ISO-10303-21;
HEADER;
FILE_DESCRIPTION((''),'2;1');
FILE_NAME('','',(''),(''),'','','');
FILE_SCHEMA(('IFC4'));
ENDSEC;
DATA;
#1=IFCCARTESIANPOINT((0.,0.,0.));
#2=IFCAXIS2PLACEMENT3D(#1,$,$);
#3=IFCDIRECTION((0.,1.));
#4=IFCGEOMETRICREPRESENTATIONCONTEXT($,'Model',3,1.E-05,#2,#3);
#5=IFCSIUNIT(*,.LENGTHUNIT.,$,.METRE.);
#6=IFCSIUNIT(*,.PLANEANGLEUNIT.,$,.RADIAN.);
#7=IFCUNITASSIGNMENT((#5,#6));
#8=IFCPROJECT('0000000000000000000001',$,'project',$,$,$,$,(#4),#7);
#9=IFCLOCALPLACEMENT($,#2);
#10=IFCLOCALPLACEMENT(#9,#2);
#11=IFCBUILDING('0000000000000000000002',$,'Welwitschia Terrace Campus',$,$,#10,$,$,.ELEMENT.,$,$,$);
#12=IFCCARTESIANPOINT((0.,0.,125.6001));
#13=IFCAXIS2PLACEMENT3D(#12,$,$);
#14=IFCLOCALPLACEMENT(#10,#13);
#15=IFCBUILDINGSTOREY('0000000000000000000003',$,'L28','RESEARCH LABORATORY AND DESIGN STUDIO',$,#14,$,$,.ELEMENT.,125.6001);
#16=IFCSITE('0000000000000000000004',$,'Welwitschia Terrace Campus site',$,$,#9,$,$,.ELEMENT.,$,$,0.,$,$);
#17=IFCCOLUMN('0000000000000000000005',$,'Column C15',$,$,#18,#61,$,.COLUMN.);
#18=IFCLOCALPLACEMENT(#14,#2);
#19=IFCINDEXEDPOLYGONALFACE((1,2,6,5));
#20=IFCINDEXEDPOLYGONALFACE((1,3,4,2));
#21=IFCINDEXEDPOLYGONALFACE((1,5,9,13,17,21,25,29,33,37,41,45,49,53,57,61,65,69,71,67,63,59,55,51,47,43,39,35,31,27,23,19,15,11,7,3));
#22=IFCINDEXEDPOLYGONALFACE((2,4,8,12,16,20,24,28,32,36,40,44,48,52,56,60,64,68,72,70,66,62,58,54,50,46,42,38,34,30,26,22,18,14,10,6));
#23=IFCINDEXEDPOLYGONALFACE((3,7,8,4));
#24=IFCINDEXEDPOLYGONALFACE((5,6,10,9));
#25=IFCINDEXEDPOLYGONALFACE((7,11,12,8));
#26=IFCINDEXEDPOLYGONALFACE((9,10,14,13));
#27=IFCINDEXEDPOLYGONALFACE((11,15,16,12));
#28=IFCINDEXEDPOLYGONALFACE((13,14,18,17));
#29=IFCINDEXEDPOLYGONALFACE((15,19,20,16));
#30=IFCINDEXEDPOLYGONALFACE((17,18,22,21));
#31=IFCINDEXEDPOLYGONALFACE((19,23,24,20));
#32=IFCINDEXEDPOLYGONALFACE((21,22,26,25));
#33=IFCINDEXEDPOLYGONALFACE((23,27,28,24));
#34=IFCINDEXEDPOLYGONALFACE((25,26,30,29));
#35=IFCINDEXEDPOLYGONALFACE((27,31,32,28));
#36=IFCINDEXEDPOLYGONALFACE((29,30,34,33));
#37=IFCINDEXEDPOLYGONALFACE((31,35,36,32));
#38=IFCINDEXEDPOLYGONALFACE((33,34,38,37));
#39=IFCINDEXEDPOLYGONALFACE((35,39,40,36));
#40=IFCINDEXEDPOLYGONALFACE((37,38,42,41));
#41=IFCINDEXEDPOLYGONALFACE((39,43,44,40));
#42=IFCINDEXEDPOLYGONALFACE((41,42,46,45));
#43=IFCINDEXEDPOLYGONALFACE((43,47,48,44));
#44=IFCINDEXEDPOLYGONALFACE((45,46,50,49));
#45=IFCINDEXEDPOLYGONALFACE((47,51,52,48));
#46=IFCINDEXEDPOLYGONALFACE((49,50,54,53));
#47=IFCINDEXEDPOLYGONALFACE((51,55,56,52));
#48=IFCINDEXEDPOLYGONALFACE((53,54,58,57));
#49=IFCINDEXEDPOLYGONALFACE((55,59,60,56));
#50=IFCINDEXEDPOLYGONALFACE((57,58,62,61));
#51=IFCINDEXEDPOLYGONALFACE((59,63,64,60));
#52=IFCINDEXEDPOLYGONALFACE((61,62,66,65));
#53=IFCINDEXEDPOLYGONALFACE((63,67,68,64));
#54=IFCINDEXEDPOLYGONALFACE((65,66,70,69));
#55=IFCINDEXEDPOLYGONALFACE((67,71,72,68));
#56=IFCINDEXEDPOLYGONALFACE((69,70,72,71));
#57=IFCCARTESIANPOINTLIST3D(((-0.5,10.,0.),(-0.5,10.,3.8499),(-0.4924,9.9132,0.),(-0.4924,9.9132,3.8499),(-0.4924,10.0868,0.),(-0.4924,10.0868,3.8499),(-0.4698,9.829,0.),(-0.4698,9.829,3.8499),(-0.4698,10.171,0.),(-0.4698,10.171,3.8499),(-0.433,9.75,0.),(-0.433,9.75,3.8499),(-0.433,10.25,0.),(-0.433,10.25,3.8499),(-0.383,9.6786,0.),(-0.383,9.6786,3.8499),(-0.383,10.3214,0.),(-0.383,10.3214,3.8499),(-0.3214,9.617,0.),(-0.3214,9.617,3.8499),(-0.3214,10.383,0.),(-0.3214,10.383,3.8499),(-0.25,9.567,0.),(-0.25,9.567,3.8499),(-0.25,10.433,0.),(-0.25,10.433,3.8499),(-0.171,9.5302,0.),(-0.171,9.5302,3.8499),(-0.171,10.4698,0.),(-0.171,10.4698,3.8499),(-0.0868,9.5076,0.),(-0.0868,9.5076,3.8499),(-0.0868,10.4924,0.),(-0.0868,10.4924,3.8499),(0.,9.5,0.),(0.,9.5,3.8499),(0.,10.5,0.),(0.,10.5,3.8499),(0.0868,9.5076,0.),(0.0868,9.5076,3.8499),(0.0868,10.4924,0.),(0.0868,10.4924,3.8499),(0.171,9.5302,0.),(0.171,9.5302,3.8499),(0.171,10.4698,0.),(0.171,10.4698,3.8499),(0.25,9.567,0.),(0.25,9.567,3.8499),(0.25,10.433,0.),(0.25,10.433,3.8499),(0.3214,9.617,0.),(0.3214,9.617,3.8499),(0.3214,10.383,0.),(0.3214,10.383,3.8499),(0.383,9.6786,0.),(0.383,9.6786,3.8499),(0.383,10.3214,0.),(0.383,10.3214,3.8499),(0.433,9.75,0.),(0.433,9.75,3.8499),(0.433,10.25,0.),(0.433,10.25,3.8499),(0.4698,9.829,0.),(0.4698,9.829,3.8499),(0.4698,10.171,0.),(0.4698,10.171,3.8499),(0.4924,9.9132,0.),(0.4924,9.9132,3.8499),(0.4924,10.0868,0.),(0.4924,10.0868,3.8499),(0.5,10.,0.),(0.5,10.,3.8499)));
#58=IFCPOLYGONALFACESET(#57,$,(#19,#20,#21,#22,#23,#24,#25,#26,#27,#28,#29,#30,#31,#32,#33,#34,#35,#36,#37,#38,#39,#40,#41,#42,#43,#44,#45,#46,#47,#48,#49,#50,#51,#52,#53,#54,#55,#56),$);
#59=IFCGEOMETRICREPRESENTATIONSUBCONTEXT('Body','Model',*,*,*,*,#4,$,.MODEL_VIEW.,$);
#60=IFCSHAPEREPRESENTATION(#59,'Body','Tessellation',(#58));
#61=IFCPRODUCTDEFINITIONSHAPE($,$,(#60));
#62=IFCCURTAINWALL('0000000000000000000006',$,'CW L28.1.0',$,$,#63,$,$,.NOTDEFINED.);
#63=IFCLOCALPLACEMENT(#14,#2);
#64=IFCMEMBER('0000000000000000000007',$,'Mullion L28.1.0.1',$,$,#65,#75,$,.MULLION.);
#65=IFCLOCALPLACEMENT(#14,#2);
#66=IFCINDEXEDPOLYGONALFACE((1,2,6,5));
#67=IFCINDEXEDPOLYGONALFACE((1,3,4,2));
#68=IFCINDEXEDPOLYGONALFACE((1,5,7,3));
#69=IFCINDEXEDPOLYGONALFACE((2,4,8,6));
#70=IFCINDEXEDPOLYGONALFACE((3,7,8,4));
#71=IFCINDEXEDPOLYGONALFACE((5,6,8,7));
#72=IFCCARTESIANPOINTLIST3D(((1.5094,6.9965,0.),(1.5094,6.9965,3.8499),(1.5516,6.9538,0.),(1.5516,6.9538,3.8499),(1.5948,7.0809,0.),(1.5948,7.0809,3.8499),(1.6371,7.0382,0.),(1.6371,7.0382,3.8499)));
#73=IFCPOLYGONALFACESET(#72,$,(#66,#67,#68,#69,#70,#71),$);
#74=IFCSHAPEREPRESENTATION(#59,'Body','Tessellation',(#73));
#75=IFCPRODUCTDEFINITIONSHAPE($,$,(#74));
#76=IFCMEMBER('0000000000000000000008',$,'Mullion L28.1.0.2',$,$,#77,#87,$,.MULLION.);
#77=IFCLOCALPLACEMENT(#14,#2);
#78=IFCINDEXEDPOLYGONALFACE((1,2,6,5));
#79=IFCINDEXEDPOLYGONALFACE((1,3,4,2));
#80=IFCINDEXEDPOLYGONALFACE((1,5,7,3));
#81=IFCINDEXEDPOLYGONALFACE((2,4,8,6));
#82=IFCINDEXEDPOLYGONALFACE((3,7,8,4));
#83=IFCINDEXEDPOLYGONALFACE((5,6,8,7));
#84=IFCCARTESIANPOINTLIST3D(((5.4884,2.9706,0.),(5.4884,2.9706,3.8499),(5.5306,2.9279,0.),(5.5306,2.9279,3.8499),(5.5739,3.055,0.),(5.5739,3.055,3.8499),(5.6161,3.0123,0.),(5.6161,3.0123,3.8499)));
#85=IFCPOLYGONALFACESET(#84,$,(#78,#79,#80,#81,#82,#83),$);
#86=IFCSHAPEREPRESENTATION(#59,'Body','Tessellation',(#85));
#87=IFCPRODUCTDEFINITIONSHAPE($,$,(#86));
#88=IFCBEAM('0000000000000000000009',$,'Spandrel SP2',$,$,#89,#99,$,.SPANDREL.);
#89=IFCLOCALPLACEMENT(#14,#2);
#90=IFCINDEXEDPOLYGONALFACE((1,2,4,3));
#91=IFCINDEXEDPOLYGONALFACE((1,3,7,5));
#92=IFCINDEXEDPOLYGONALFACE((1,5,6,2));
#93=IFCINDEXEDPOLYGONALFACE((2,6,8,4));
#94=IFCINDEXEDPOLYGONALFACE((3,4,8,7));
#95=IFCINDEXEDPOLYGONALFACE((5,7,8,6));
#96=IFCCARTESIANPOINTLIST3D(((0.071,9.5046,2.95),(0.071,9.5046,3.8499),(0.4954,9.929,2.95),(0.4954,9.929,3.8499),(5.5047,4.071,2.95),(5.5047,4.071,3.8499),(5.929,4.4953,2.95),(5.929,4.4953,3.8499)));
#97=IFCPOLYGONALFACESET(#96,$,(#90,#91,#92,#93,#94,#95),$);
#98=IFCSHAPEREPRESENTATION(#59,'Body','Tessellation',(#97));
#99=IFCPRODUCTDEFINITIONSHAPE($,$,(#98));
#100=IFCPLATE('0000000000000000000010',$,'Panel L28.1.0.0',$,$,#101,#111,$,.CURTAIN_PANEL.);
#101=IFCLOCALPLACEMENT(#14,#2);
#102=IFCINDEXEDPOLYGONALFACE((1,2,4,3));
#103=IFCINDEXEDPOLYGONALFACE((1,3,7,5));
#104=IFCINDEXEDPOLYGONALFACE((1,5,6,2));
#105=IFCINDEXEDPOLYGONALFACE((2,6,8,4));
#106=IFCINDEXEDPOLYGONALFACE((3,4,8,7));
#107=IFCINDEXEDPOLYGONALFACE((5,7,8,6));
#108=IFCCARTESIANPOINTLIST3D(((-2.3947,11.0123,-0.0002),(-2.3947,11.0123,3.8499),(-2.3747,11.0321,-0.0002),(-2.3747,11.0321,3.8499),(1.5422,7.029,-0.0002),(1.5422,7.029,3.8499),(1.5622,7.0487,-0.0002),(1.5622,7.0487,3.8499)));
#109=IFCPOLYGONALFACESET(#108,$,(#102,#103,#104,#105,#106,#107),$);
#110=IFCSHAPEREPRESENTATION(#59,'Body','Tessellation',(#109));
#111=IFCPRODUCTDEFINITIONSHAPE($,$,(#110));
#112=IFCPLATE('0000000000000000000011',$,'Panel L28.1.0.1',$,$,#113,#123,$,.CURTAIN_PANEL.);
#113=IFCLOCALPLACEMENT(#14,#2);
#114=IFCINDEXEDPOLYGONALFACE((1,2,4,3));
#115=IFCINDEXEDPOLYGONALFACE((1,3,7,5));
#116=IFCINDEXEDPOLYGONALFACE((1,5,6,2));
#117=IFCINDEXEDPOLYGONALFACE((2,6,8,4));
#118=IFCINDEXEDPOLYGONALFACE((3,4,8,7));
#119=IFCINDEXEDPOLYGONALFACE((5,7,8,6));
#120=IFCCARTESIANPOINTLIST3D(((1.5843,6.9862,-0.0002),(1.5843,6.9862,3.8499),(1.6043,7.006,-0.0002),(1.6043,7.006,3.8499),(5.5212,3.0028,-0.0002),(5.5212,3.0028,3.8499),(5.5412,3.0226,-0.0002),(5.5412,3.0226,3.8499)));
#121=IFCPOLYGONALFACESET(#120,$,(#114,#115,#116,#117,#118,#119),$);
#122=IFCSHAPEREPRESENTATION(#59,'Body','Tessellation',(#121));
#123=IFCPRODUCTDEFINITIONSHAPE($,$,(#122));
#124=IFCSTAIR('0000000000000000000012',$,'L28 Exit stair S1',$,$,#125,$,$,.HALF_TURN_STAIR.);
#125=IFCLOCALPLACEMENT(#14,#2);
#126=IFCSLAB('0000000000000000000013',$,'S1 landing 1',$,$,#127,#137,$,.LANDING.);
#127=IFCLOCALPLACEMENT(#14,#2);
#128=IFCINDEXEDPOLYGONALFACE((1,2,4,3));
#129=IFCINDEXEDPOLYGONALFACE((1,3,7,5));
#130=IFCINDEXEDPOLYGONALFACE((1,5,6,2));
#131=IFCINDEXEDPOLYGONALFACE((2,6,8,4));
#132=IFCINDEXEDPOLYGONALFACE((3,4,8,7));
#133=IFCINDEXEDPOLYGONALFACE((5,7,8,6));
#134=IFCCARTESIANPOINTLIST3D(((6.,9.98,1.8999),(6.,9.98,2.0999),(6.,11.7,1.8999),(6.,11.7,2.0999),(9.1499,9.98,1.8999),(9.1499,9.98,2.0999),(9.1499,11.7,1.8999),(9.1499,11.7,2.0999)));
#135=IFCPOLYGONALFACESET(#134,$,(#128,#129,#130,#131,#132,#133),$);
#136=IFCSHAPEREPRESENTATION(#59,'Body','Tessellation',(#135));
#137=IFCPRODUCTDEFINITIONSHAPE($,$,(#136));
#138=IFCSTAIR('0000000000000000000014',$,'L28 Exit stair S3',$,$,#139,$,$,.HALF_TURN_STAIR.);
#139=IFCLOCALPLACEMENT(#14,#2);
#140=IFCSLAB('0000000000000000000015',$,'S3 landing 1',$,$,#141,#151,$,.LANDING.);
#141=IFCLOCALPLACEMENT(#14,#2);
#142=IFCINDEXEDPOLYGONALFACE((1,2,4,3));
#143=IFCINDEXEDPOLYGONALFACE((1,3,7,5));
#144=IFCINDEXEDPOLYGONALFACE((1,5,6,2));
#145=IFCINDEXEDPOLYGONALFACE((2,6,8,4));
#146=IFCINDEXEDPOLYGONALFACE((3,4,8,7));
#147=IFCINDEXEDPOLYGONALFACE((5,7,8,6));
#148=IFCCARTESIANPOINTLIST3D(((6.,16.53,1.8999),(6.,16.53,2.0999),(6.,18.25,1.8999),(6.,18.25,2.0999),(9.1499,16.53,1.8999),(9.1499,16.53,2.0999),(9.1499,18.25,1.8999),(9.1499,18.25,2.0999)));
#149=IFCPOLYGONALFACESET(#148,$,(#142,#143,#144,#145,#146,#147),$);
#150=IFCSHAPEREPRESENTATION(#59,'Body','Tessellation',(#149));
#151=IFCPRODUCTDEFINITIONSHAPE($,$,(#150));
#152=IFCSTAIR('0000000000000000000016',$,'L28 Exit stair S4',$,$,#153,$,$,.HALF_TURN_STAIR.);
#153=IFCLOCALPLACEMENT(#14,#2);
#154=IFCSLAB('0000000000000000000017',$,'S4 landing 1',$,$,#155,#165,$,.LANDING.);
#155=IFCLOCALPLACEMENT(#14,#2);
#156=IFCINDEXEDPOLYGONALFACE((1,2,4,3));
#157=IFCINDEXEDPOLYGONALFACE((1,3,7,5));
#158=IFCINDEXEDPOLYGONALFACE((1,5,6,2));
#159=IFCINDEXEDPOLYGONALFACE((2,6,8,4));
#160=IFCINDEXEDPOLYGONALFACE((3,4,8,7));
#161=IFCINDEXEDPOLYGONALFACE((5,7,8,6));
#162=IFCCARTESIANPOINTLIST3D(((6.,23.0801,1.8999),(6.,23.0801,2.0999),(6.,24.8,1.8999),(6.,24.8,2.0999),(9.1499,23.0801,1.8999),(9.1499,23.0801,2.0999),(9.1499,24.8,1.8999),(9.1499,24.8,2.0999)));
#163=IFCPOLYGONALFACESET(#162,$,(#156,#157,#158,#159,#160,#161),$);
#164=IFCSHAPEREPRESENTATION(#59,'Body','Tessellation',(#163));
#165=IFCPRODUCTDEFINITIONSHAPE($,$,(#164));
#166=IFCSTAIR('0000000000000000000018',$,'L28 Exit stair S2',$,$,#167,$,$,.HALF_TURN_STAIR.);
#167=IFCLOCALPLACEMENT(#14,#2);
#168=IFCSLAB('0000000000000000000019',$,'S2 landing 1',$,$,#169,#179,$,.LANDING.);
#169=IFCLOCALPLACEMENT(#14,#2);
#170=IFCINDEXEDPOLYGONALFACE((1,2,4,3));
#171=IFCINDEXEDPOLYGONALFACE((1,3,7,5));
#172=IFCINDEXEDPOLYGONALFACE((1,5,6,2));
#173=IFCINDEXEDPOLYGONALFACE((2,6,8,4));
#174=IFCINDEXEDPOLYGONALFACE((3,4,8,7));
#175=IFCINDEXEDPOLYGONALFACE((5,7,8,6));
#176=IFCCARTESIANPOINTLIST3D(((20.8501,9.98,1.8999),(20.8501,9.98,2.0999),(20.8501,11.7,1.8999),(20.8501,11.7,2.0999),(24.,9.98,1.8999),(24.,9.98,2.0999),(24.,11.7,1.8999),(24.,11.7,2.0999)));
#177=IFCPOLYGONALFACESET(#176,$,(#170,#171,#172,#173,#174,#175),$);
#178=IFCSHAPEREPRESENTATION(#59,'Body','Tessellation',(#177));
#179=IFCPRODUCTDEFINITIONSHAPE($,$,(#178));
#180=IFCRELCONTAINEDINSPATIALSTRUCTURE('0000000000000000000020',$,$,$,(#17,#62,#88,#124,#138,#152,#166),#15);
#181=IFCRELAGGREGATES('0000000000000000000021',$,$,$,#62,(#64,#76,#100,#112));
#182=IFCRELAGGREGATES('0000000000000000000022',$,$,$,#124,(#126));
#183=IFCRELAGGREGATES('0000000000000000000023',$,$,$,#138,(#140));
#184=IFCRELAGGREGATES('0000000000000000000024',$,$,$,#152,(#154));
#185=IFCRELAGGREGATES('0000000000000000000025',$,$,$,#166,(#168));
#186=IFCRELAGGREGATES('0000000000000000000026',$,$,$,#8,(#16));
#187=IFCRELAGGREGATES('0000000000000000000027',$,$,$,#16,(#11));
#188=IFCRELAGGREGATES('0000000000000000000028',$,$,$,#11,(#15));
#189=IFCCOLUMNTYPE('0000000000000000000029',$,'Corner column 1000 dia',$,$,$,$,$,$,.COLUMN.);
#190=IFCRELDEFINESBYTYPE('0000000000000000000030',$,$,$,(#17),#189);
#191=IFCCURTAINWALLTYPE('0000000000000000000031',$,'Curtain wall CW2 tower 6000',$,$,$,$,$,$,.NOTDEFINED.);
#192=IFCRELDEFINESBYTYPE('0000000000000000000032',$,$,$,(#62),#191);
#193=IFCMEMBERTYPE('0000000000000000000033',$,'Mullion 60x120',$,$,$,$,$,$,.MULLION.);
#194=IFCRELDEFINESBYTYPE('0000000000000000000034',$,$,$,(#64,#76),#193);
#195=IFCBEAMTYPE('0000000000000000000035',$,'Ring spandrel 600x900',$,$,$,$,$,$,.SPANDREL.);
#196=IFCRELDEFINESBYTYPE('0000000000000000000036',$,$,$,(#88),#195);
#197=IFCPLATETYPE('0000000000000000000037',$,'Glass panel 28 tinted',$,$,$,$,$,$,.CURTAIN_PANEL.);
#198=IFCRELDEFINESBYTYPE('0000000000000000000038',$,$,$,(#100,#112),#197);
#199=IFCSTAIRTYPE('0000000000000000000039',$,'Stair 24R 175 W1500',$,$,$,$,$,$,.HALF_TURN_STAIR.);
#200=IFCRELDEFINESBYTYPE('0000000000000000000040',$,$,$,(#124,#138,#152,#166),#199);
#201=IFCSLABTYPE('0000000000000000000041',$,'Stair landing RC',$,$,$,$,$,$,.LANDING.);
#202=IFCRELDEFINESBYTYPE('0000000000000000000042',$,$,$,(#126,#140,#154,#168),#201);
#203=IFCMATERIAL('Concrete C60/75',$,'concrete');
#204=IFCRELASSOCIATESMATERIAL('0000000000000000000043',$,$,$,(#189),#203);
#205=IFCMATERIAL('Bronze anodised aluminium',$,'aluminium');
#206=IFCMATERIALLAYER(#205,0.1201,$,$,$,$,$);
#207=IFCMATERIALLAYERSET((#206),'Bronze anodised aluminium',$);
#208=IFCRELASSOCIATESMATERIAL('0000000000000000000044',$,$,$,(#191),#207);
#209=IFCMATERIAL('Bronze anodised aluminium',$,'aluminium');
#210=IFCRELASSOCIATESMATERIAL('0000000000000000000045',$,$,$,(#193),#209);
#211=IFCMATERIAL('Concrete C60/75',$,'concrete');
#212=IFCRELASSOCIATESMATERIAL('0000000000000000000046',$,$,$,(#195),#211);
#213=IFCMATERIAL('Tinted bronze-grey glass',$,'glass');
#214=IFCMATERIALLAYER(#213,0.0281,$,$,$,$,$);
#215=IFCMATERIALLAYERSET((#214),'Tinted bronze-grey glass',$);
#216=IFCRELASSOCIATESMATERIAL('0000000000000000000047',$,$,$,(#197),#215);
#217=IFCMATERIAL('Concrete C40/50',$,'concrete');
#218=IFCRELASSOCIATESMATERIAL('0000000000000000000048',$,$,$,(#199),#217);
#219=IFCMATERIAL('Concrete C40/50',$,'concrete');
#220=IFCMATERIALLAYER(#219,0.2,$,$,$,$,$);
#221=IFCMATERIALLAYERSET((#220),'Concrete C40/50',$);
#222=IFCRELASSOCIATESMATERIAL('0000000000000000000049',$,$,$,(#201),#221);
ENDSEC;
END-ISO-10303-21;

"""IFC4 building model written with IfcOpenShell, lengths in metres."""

from ifc_helpers import new_model, si_unit, direction, frame, origin, origin_2d, place, context, subcontext, project, spatial, polyline, rectangle, circle, outline, extrude, material, layer, layer_set, material_profile, profile_set, type_object, element, aggregate, save


model = new_model("IFC4")

# Units and contexts
model_context = context("Model", 3, precision=1e-05, world=origin(), true_north=direction((0.0, 1.0)))
body_context = subcontext(model_context, "Body", "Model", "MODEL_VIEW")
ifc_project = project(units=[si_unit("LENGTHUNIT", "METRE"), si_unit("PLANEANGLEUNIT", "RADIAN")], contexts=[model_context])

# Site, building, storey
site_placement = place(None, origin())
site = spatial("IfcSite", under=ifc_project, at=site_placement, Name="Welwitschia Terrace Campus site", CompositionType="ELEMENT", RefElevation=0.0)
building_placement = place(site_placement, origin())
building = spatial("IfcBuilding", under=site, at=building_placement, Name="Welwitschia Terrace Campus", CompositionType="ELEMENT")
storey_placement = place(building_placement, frame((0.0, 0.0, 125.6001)))
storey = spatial("IfcBuildingStorey", under=building, at=storey_placement, Name="L28", Description="RESEARCH LABORATORY AND DESIGN STUDIO", CompositionType="ELEMENT", Elevation=125.6001)

# Column
ifc_material_1 = material(Name="Concrete C60/75", Category="concrete")
ifc_material_profile_1 = material_profile(ifc_material_1, circle(Radius=0.5, at=origin_2d()))
ifc_profile_set_1 = profile_set([ifc_material_profile_1], Name="Concrete C60/75")
column_type = type_object("IfcColumnType", Name="Corner column 1000 dia", PredefinedType="COLUMN", material=ifc_profile_set_1)
column_placement = place(storey_placement, frame((0.0, 10.0, 0.0), z_axis=(0.0, 0.0, 1.0), x_axis=(1.0, 0.0, 0.0)))
element("IfcColumn", 1, at=column_placement, inside=storey, type_object=column_type, Name="Column C15", PredefinedType="COLUMN", context=body_context, shape_type="SweptSolid", body=[
    extrude(circle(Radius=0.5, at=origin_2d()), origin(), (0.0, 0.0, 1.0), 3.8499),
])

# Curtain wall, members
ifc_material_2 = material(Name="Bronze anodised aluminium", Category="aluminium")
ifc_layer_1 = layer(ifc_material_2, 0.1201)
ifc_layer_set_1 = layer_set([ifc_layer_1], Name="Bronze anodised aluminium")
curtain_wall_type = type_object("IfcCurtainWallType", Name="Curtain wall CW2 tower 6000", PredefinedType="NOTDEFINED", material=ifc_layer_set_1)
curtain_wall_placement = place(storey_placement, origin())
curtain_wall = element("IfcCurtainWall", 2, at=curtain_wall_placement, inside=storey, type_object=curtain_wall_type, Name="CW L28.1.0", PredefinedType="NOTDEFINED")
ifc_material_3 = material(Name="Bronze anodised aluminium", Category="aluminium")
ifc_material_profile_2 = material_profile(ifc_material_3, rectangle(XDim=0.1201, YDim=0.0601, at=origin_2d()))
ifc_profile_set_2 = profile_set([ifc_material_profile_2], Name="Bronze anodised aluminium")
member_type = type_object("IfcMemberType", Name="Mullion 60x120", PredefinedType="MULLION", material=ifc_profile_set_2)
member_1_placement = place(storey_placement, frame((1.5732, 7.0173, 0.0), z_axis=(0.0, 0.0, 1.0), x_axis=(0.711245, 0.702944, 0.0)))
member_1 = element("IfcMember", 3, at=member_1_placement, type_object=member_type, Name="Mullion L28.1.0.1", PredefinedType="MULLION", context=body_context, shape_type="SweptSolid", body=[
    extrude(rectangle(XDim=0.1201, YDim=0.0601, at=origin_2d()), origin(), (0.0, 0.0, 1.0), 3.8499),
])
member_2_placement = place(storey_placement, frame((5.5522, 2.9915, 0.0), z_axis=(0.0, 0.0, 1.0), x_axis=(0.711245, 0.702944, 0.0)))
member_2 = element("IfcMember", 4, at=member_2_placement, type_object=member_type, Name="Mullion L28.1.0.2", PredefinedType="MULLION", context=body_context, shape_type="SweptSolid", body=[
    extrude(rectangle(XDim=0.1201, YDim=0.0601, at=origin_2d()), origin(), (0.0, 0.0, 1.0), 3.8499),
])

# Beam
ifc_material_4 = material(Name="Concrete C60/75", Category="concrete")
ifc_material_profile_3 = material_profile(ifc_material_4, rectangle(XDim=0.6001, YDim=0.8999, at=origin_2d()))
ifc_profile_set_3 = profile_set([ifc_material_profile_3], Name="Concrete C60/75")
beam_type = type_object("IfcBeamType", Name="Ring spandrel 600x900", PredefinedType="SPANDREL", material=ifc_profile_set_3)
beam_placement = place(storey_placement, frame((0.2832, 9.7168, 3.3999), z_axis=(0.707107, -0.707107, 0.0), x_axis=(0.707107, 0.707107, 0.0)))
element("IfcBeam", 5, at=beam_placement, inside=storey, type_object=beam_type, Name="Spandrel SP2", PredefinedType="SPANDREL", context=body_context, shape_type="SweptSolid", body=[
    extrude(rectangle(XDim=0.6001, YDim=0.8999, at=origin_2d()), origin(), (0.0, 0.0, 1.0), 7.6843),
])

# Plates
ifc_material_5 = material(Name="Tinted bronze-grey glass", Category="glass")
ifc_layer_2 = layer(ifc_material_5, 0.0281)
ifc_layer_set_2 = layer_set([ifc_layer_2], Name="Tinted bronze-grey glass")
plate_type = type_object("IfcPlateType", Name="Glass panel 28 tinted", PredefinedType="CURTAIN_PANEL", material=ifc_layer_set_2)
plate_1_placement = place(storey_placement, frame((-0.4163, 9.0305, -0.0002), z_axis=(0.0, 0.0, 1.0), x_axis=(0.702944, -0.711245, 0.0)))
plate_1 = element("IfcPlate", 6, at=plate_1_placement, type_object=plate_type, Name="Panel L28.1.0.0", PredefinedType="CURTAIN_PANEL", context=body_context, shape_type="SweptSolid", body=[
    extrude(rectangle(XDim=5.6006, YDim=0.0281, at=origin_2d()), origin(), (0.0, 0.0, 1.0), 3.8501),
])
plate_2_placement = place(storey_placement, frame((3.5627, 5.0044, -0.0002), z_axis=(0.0, 0.0, 1.0), x_axis=(0.702944, -0.711245, 0.0)))
plate_2 = element("IfcPlate", 7, at=plate_2_placement, type_object=plate_type, Name="Panel L28.1.0.1", PredefinedType="CURTAIN_PANEL", context=body_context, shape_type="SweptSolid", body=[
    extrude(rectangle(XDim=5.6006, YDim=0.0281, at=origin_2d()), origin(), (0.0, 0.0, 1.0), 3.8501),
])
aggregate(curtain_wall, [member_1, member_2, plate_1, plate_2])

# Stairs, slabs
ifc_material_6 = material(Name="Concrete C40/50", Category="concrete")
stair_type = type_object("IfcStairType", Name="Stair 24R 175 W1500", PredefinedType="HALF_TURN_STAIR", material=ifc_material_6)
stair_1_placement = place(storey_placement, origin())
stair_1 = element("IfcStair", 8, at=stair_1_placement, inside=storey, type_object=stair_type, Name="L28 Exit stair S1", PredefinedType="HALF_TURN_STAIR")
ifc_material_7 = material(Name="Concrete C40/50", Category="concrete")
ifc_layer_3 = layer(ifc_material_7, 0.2)
ifc_layer_set_3 = layer_set([ifc_layer_3], Name="Concrete C40/50")
slab_type_1 = type_object("IfcSlabType", Name="Stair landing RC", PredefinedType="LANDING", material=ifc_layer_set_3)
slab_1_placement = place(storey_placement, frame((0.0, 0.0, 1.8999)))
slab_1 = element("IfcSlab", 9, at=slab_1_placement, type_object=slab_type_1, Name="S1 landing 1", PredefinedType="LANDING", context=body_context, shape_type="SweptSolid", body=[
    extrude(outline(polyline([(9.1499, 9.98), (9.1499, 11.7), (6.0, 11.7), (6.0, 9.98), (9.1499, 9.98)])), origin(), (0.0, 0.0, 1.0), 0.2),
])
aggregate(stair_1, [slab_1])
stair_2_placement = place(storey_placement, origin())
stair_2 = element("IfcStair", 10, at=stair_2_placement, inside=storey, type_object=stair_type, Name="L28 Exit stair S3", PredefinedType="HALF_TURN_STAIR")
slab_2_placement = place(storey_placement, frame((0.0, 0.0, 1.8999)))
slab_2 = element("IfcSlab", 11, at=slab_2_placement, type_object=slab_type_1, Name="S3 landing 1", PredefinedType="LANDING", context=body_context, shape_type="SweptSolid", body=[
    extrude(outline(polyline([(9.1499, 16.53), (9.1499, 18.25), (6.0, 18.25), (6.0, 16.53), (9.1499, 16.53)])), origin(), (0.0, 0.0, 1.0), 0.2),
])
aggregate(stair_2, [slab_2])
stair_3_placement = place(storey_placement, origin())
stair_3 = element("IfcStair", 12, at=stair_3_placement, inside=storey, type_object=stair_type, Name="L28 Exit stair S4", PredefinedType="HALF_TURN_STAIR")
slab_3_placement = place(storey_placement, frame((0.0, 0.0, 1.8999)))
slab_3 = element("IfcSlab", 13, at=slab_3_placement, type_object=slab_type_1, Name="S4 landing 1", PredefinedType="LANDING", context=body_context, shape_type="SweptSolid", body=[
    extrude(outline(polyline([(9.1499, 23.0801), (9.1499, 24.8), (6.0, 24.8), (6.0, 23.0801), (9.1499, 23.0801)])), origin(), (0.0, 0.0, 1.0), 0.2),
])
aggregate(stair_3, [slab_3])
stair_4_placement = place(storey_placement, origin())
stair_4 = element("IfcStair", 14, at=stair_4_placement, inside=storey, type_object=stair_type, Name="L28 Exit stair S2", PredefinedType="HALF_TURN_STAIR")
slab_4_placement = place(storey_placement, frame((0.0, 0.0, 1.8999)))
slab_4 = element("IfcSlab", 15, at=slab_4_placement, type_object=slab_type_1, Name="S2 landing 1", PredefinedType="LANDING", context=body_context, shape_type="SweptSolid", body=[
    extrude(outline(polyline([(24.0, 9.98), (24.0, 11.7), (20.8501, 11.7), (20.8501, 9.98), (24.0, 9.98)])), origin(), (0.0, 0.0, 1.0), 0.2),
])
aggregate(stair_4, [slab_4])

save(model, "model.ifc")
